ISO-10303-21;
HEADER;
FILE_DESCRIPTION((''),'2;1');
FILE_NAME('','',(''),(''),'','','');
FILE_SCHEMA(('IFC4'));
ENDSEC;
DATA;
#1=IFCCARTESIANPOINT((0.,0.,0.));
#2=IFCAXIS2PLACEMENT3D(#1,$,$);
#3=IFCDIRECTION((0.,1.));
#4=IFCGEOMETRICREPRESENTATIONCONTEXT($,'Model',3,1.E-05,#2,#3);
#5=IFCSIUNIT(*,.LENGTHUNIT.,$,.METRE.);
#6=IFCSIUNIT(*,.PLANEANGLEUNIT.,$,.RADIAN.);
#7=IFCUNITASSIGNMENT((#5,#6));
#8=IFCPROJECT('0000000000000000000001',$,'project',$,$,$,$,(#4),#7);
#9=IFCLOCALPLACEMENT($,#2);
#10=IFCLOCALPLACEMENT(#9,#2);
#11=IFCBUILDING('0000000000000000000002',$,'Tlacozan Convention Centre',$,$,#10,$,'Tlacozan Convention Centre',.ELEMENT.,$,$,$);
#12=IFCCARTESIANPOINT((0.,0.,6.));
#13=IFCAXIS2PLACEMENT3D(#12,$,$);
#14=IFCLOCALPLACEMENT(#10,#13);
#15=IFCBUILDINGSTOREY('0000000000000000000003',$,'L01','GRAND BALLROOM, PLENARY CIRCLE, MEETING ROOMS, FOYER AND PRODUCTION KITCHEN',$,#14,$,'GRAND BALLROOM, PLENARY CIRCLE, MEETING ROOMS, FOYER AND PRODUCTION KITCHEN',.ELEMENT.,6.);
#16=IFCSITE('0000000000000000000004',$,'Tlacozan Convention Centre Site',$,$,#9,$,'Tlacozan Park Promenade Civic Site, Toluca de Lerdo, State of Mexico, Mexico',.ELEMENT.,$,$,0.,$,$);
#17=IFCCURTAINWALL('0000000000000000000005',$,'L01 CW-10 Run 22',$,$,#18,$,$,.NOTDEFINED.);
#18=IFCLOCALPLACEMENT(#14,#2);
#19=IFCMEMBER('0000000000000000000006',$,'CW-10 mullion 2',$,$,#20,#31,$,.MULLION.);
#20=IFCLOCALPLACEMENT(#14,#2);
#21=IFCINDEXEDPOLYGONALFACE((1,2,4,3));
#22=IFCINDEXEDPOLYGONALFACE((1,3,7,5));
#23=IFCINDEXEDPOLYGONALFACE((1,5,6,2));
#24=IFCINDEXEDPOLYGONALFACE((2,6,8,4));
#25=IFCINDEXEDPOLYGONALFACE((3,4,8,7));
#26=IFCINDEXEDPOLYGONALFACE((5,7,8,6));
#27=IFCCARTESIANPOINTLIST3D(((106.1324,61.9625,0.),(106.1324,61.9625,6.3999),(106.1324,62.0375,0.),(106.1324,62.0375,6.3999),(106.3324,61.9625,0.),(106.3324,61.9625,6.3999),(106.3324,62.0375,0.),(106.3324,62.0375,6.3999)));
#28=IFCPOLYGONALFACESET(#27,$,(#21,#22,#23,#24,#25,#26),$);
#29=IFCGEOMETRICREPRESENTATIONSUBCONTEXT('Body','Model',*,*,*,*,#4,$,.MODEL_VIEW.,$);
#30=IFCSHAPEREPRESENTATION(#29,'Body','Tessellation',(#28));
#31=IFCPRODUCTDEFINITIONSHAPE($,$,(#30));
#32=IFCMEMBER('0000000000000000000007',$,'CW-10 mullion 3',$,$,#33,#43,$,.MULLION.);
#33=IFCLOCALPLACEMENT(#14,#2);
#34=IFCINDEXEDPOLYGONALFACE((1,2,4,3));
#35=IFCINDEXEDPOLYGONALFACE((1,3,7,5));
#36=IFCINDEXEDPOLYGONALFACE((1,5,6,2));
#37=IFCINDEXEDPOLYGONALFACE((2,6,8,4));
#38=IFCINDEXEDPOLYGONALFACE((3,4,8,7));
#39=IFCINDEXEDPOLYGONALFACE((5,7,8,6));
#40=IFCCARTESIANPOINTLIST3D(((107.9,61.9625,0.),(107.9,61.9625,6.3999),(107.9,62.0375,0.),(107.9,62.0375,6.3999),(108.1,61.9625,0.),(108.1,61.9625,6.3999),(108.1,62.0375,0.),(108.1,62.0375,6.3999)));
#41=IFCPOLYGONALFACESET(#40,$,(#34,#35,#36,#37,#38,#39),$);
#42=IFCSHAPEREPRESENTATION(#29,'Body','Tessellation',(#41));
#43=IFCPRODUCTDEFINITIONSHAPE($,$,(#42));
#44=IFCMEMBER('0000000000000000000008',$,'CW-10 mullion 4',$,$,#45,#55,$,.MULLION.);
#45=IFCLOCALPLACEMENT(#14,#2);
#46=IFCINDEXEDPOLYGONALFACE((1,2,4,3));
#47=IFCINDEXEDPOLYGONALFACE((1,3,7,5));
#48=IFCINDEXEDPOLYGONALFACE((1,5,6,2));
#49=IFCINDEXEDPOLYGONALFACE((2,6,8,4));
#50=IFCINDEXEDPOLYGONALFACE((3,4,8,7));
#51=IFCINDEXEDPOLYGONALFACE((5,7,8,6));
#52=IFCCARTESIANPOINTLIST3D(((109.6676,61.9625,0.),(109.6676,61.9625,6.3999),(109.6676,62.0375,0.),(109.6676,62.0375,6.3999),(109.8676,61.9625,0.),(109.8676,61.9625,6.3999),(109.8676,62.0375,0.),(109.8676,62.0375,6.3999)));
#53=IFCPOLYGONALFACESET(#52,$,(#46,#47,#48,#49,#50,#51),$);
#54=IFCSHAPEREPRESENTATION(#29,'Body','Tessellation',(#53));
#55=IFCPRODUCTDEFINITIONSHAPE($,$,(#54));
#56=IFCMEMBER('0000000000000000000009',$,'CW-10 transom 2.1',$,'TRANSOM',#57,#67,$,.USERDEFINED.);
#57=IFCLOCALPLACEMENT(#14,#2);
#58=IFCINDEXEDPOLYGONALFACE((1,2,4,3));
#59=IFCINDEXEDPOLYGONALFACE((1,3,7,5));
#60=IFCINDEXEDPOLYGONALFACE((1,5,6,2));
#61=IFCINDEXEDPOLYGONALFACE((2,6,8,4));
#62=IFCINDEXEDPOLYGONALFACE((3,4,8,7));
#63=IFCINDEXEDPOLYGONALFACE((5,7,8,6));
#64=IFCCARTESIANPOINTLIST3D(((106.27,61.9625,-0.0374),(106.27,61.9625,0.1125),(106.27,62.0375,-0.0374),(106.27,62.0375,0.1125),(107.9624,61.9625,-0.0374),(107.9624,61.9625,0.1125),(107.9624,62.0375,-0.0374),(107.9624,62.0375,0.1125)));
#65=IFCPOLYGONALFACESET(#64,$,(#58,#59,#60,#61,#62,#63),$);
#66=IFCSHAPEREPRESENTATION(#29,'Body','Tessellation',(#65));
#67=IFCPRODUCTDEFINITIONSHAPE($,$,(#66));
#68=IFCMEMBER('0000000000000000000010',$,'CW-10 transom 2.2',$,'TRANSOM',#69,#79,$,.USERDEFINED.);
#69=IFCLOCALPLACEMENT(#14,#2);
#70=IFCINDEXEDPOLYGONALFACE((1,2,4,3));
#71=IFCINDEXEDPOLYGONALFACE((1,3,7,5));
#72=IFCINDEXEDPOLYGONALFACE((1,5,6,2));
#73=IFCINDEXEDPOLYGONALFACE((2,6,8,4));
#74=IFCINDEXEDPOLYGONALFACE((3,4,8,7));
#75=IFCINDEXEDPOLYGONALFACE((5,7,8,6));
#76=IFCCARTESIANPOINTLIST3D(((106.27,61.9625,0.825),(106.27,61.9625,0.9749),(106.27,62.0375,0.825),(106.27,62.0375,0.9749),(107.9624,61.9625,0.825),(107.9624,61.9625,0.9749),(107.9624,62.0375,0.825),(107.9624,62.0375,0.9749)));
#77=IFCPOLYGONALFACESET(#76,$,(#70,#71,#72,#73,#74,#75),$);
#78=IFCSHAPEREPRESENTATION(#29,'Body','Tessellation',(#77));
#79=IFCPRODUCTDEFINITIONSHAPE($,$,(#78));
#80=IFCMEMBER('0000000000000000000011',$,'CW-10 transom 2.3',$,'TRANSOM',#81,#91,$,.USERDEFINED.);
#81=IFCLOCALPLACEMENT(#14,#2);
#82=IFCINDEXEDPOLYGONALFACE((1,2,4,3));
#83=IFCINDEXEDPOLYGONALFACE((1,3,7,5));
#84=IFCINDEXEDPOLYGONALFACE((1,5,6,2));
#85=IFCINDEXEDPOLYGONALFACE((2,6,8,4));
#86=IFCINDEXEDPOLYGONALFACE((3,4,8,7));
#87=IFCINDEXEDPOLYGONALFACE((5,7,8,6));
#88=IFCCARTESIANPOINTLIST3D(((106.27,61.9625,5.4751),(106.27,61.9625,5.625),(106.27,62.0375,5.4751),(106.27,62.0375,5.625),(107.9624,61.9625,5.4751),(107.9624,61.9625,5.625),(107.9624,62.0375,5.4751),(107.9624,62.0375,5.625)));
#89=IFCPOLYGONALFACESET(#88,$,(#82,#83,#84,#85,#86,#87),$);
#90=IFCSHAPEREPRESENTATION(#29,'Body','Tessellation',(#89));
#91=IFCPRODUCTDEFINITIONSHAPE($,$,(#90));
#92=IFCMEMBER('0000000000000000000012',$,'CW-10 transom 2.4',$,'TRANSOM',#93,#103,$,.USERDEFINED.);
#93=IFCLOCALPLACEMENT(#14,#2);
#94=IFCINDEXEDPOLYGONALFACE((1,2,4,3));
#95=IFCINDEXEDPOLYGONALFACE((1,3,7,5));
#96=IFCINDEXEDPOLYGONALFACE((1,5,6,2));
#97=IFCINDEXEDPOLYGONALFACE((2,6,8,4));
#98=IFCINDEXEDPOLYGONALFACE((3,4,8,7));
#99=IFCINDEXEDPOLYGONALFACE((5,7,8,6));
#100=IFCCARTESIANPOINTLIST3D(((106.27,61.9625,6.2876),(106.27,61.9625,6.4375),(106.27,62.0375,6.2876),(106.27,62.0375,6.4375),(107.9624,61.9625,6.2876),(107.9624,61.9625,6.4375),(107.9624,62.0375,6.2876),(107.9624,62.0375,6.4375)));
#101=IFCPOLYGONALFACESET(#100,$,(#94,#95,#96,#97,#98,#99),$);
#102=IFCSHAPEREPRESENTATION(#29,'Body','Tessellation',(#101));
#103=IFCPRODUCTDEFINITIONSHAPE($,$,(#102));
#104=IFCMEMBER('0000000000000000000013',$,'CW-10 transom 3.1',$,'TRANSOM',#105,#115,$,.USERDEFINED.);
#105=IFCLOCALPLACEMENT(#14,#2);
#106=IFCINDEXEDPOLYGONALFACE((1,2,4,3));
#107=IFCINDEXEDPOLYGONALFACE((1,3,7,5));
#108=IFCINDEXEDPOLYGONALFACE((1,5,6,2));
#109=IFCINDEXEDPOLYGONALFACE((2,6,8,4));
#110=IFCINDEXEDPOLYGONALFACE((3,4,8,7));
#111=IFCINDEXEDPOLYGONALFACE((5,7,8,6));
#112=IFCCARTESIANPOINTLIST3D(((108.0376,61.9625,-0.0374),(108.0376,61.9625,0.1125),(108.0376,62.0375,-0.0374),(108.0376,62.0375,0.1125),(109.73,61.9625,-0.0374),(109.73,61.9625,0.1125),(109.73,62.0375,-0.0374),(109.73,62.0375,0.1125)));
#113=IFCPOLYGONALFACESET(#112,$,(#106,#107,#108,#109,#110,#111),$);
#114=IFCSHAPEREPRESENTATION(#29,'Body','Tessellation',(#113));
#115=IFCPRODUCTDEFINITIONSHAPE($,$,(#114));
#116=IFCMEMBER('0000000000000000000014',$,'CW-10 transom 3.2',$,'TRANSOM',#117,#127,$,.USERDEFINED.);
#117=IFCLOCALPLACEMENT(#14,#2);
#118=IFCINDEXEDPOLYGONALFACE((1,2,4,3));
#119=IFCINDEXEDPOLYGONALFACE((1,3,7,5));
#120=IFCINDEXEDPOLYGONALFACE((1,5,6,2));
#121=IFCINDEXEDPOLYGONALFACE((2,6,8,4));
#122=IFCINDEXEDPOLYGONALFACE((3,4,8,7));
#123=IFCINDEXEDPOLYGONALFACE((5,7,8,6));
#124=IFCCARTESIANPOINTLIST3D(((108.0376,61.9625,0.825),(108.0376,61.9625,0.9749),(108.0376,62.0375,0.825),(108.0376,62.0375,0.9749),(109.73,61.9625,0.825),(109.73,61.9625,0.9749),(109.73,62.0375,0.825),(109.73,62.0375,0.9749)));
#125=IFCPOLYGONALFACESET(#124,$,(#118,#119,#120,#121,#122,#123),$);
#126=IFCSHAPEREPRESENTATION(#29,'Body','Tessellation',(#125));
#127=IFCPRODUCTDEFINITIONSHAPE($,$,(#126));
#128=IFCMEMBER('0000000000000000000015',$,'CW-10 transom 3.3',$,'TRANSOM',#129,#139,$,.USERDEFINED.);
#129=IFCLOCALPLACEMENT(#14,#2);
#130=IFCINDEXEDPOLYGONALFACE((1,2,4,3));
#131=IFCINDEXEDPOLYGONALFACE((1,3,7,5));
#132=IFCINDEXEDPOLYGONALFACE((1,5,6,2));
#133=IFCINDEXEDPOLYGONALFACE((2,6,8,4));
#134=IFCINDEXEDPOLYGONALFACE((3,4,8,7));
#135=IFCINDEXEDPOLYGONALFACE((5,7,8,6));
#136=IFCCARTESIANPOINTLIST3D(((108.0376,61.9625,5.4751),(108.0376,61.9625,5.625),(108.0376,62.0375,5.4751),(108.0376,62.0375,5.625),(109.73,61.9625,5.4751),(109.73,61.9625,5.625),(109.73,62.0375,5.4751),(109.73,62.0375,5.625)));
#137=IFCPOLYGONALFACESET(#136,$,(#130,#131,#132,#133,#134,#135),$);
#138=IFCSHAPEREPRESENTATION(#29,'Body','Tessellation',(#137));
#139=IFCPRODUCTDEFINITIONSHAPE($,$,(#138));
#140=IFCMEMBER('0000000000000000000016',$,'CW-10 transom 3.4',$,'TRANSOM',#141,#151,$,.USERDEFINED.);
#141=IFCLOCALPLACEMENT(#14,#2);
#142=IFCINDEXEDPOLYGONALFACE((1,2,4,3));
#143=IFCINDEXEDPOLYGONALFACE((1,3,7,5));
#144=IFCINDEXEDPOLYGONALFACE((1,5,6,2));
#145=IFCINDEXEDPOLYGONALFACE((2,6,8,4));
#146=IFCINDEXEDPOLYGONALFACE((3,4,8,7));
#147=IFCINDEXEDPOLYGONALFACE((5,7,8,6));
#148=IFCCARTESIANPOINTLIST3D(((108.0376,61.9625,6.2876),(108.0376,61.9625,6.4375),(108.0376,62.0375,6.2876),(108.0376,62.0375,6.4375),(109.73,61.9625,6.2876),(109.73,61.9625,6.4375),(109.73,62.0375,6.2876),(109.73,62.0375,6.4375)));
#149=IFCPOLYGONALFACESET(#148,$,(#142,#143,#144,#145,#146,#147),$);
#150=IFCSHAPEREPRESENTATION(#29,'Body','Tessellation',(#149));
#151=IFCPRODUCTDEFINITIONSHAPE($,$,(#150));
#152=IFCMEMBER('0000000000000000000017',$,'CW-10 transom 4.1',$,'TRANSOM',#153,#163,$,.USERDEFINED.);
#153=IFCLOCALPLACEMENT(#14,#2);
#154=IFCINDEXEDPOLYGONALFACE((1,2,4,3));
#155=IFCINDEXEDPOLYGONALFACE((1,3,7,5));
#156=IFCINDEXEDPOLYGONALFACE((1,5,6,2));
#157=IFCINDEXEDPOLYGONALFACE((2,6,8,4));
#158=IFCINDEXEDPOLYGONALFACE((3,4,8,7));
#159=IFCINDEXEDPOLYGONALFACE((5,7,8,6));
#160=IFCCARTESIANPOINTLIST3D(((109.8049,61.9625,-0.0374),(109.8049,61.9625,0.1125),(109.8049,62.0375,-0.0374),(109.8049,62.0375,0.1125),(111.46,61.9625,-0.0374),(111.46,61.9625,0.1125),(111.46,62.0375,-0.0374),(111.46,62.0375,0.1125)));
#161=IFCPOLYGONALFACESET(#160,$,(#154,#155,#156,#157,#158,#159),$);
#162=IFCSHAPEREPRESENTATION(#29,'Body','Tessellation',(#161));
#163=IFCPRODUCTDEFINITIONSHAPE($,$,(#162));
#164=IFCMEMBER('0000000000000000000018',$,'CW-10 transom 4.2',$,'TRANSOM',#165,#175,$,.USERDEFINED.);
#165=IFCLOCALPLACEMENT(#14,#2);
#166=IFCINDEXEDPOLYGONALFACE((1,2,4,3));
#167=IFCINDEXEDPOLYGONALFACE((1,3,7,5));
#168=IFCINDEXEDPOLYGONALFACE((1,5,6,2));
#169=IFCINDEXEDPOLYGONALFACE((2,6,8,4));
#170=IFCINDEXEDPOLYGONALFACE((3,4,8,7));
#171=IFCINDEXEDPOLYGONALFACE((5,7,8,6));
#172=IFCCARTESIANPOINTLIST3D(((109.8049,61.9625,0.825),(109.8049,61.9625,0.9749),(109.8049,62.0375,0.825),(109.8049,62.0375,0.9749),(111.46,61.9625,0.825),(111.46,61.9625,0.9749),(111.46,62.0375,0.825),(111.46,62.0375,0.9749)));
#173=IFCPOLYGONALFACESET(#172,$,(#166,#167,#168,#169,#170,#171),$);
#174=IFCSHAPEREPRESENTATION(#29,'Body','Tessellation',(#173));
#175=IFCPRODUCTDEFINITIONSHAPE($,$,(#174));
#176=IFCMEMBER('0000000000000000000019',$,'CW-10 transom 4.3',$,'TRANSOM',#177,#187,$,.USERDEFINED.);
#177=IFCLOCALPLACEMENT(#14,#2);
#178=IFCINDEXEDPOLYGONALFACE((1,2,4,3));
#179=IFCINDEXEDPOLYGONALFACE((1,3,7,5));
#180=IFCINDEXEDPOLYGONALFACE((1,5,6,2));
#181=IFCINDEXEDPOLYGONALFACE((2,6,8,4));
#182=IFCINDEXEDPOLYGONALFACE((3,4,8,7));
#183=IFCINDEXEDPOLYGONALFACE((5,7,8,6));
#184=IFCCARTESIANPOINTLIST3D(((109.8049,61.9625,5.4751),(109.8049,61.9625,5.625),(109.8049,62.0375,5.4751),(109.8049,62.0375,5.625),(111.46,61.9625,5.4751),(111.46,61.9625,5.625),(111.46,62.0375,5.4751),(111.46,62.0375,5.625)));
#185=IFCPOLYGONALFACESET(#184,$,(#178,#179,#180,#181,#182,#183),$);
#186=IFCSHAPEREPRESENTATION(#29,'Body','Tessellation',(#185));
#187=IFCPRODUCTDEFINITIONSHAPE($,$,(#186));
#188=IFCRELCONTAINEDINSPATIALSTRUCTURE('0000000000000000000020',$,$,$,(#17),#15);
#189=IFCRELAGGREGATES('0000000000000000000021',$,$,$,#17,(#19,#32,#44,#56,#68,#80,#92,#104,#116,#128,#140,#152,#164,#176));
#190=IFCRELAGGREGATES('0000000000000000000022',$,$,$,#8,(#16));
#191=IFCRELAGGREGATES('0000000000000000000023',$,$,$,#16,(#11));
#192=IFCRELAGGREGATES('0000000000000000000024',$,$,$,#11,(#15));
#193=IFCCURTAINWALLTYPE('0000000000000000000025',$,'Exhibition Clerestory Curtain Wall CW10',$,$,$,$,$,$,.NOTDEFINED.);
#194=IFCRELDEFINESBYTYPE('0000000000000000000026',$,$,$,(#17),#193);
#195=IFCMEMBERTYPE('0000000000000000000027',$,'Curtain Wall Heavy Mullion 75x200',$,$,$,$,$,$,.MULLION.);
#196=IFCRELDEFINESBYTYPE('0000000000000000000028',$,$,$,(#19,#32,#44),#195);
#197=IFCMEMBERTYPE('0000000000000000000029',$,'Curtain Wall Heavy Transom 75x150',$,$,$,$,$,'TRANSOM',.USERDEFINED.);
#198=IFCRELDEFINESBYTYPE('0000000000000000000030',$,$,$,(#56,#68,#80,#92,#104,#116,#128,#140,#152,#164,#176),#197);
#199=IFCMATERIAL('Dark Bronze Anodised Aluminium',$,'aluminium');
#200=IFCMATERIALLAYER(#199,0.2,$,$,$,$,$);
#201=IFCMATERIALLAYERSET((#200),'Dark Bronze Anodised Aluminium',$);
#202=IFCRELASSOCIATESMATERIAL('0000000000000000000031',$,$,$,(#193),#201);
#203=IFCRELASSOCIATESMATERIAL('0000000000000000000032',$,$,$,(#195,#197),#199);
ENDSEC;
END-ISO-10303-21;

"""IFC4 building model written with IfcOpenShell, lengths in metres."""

from ifc_helpers import new_model, si_unit, direction, frame, origin, origin_2d, place, context, subcontext, project, spatial, rectangle, extrude, material, layer, layer_set, material_profile, profile_set, type_object, element, aggregate, save


model = new_model("IFC4")

# Units and contexts
model_context = context("Model", 3, precision=1e-05, world=origin(), true_north=direction((0.0, 1.0)))
body_context = subcontext(model_context, "Body", "Model", "MODEL_VIEW")
ifc_project = project(units=[si_unit("LENGTHUNIT", "METRE"), si_unit("PLANEANGLEUNIT", "RADIAN")], contexts=[model_context])

# Site, building, storey
site_placement = place(None, origin())
site = spatial("IfcSite", under=ifc_project, at=site_placement, Name="Tlacozan Convention Centre Site", LongName="Tlacozan Park Promenade Civic Site, Toluca de Lerdo, State of Mexico, Mexico", CompositionType="ELEMENT", RefElevation=0.0)
building_placement = place(site_placement, origin())
building = spatial("IfcBuilding", under=site, at=building_placement, Name="Tlacozan Convention Centre", LongName="Tlacozan Convention Centre", CompositionType="ELEMENT")
storey_placement = place(building_placement, frame((0.0, 0.0, 6.0)))
storey = spatial("IfcBuildingStorey", under=building, at=storey_placement, Name="L01", Description="GRAND BALLROOM, PLENARY CIRCLE, MEETING ROOMS, FOYER AND PRODUCTION KITCHEN", LongName="GRAND BALLROOM, PLENARY CIRCLE, MEETING ROOMS, FOYER AND PRODUCTION KITCHEN", CompositionType="ELEMENT", Elevation=6.0)

# Curtain wall, members
ifc_material_1 = material(Name="Dark Bronze Anodised Aluminium", Category="aluminium")
ifc_layer_1 = layer(ifc_material_1, 0.2)
ifc_layer_set_1 = layer_set([ifc_layer_1], Name="Dark Bronze Anodised Aluminium")
curtain_wall_type = type_object("IfcCurtainWallType", Name="Exhibition Clerestory Curtain Wall CW10", PredefinedType="NOTDEFINED", material=ifc_layer_set_1)
curtain_wall_placement = place(storey_placement, origin())
curtain_wall = element("IfcCurtainWall", 1, at=curtain_wall_placement, inside=storey, type_object=curtain_wall_type, Name="L01 CW-10 Run 22", PredefinedType="NOTDEFINED")
ifc_material_profile_1 = material_profile(ifc_material_1, rectangle(XDim=0.075, YDim=0.2, at=origin_2d()), Name="ALU 75x200")
ifc_profile_set_1 = profile_set([ifc_material_profile_1], Name="Dark Bronze Anodised Aluminium")
member_type_1 = type_object("IfcMemberType", Name="Curtain Wall Heavy Mullion 75x200", PredefinedType="MULLION", material=ifc_profile_set_1)
member_1_placement = place(storey_placement, frame((106.2324, 62.0, 0.0), z_axis=(0.0, 0.0, 1.0), x_axis=(0.0, 1.0, 0.0)))
member_1 = element("IfcMember", 2, at=member_1_placement, type_object=member_type_1, Name="CW-10 mullion 2", PredefinedType="MULLION", context=body_context, shape_type="SweptSolid", body=[
    extrude(rectangle(XDim=0.075, YDim=0.2, at=origin_2d()), origin(), (0.0, 0.0, 1.0), 6.3999),
])
member_2_placement = place(storey_placement, frame((108.0, 62.0, 0.0), z_axis=(0.0, 0.0, 1.0), x_axis=(0.0, 1.0, 0.0)))
member_2 = element("IfcMember", 3, at=member_2_placement, type_object=member_type_1, Name="CW-10 mullion 3", PredefinedType="MULLION", context=body_context, shape_type="SweptSolid", body=[
    extrude(rectangle(XDim=0.075, YDim=0.2, at=origin_2d()), origin(), (0.0, 0.0, 1.0), 6.3999),
])
member_3_placement = place(storey_placement, frame((109.7676, 62.0, 0.0), z_axis=(0.0, 0.0, 1.0), x_axis=(0.0, 1.0, 0.0)))
member_3 = element("IfcMember", 4, at=member_3_placement, type_object=member_type_1, Name="CW-10 mullion 4", PredefinedType="MULLION", context=body_context, shape_type="SweptSolid", body=[
    extrude(rectangle(XDim=0.075, YDim=0.2, at=origin_2d()), origin(), (0.0, 0.0, 1.0), 6.3999),
])
ifc_material_profile_2 = material_profile(ifc_material_1, rectangle(XDim=0.075, YDim=0.1499, at=origin_2d()), Name="ALU 75x150")
ifc_profile_set_2 = profile_set([ifc_material_profile_2], Name="Dark Bronze Anodised Aluminium")
member_type_2 = type_object("IfcMemberType", Name="Curtain Wall Heavy Transom 75x150", ElementType="TRANSOM", PredefinedType="USERDEFINED", material=ifc_profile_set_2)
member_4_placement = place(storey_placement, frame((106.27, 62.0, 0.0376), z_axis=(1.0, 0.0, 0.0), x_axis=(0.0, 1.0, 0.0)))
member_4 = element("IfcMember", 5, at=member_4_placement, type_object=member_type_2, Name="CW-10 transom 2.1", ObjectType="TRANSOM", PredefinedType="USERDEFINED", context=body_context, shape_type="SweptSolid", body=[
    extrude(rectangle(XDim=0.075, YDim=0.1499, at=origin_2d()), origin(), (0.0, 0.0, 1.0), 1.6924),
])
member_5_placement = place(storey_placement, frame((106.27, 62.0, 0.8999), z_axis=(1.0, 0.0, 0.0), x_axis=(0.0, 1.0, 0.0)))
member_5 = element("IfcMember", 6, at=member_5_placement, type_object=member_type_2, Name="CW-10 transom 2.2", ObjectType="TRANSOM", PredefinedType="USERDEFINED", context=body_context, shape_type="SweptSolid", body=[
    extrude(rectangle(XDim=0.075, YDim=0.1499, at=origin_2d()), origin(), (0.0, 0.0, 1.0), 1.6924),
])
member_6_placement = place(storey_placement, frame((106.27, 62.0, 5.55), z_axis=(1.0, 0.0, 0.0), x_axis=(0.0, 1.0, 0.0)))
member_6 = element("IfcMember", 7, at=member_6_placement, type_object=member_type_2, Name="CW-10 transom 2.3", ObjectType="TRANSOM", PredefinedType="USERDEFINED", context=body_context, shape_type="SweptSolid", body=[
    extrude(rectangle(XDim=0.075, YDim=0.1499, at=origin_2d()), origin(), (0.0, 0.0, 1.0), 1.6924),
])
member_7_placement = place(storey_placement, frame((106.27, 62.0, 6.3625), z_axis=(1.0, 0.0, 0.0), x_axis=(0.0, 1.0, 0.0)))
member_7 = element("IfcMember", 8, at=member_7_placement, type_object=member_type_2, Name="CW-10 transom 2.4", ObjectType="TRANSOM", PredefinedType="USERDEFINED", context=body_context, shape_type="SweptSolid", body=[
    extrude(rectangle(XDim=0.075, YDim=0.1499, at=origin_2d()), origin(), (0.0, 0.0, 1.0), 1.6924),
])
member_8_placement = place(storey_placement, frame((108.0376, 62.0, 0.0376), z_axis=(1.0, 0.0, 0.0), x_axis=(0.0, 1.0, 0.0)))
member_8 = element("IfcMember", 9, at=member_8_placement, type_object=member_type_2, Name="CW-10 transom 3.1", ObjectType="TRANSOM", PredefinedType="USERDEFINED", context=body_context, shape_type="SweptSolid", body=[
    extrude(rectangle(XDim=0.075, YDim=0.1499, at=origin_2d()), origin(), (0.0, 0.0, 1.0), 1.6924),
])
member_9_placement = place(storey_placement, frame((108.0376, 62.0, 0.8999), z_axis=(1.0, 0.0, 0.0), x_axis=(0.0, 1.0, 0.0)))
member_9 = element("IfcMember", 10, at=member_9_placement, type_object=member_type_2, Name="CW-10 transom 3.2", ObjectType="TRANSOM", PredefinedType="USERDEFINED", context=body_context, shape_type="SweptSolid", body=[
    extrude(rectangle(XDim=0.075, YDim=0.1499, at=origin_2d()), origin(), (0.0, 0.0, 1.0), 1.6924),
])
member_10_placement = place(storey_placement, frame((108.0376, 62.0, 5.55), z_axis=(1.0, 0.0, 0.0), x_axis=(0.0, 1.0, 0.0)))
member_10 = element("IfcMember", 11, at=member_10_placement, type_object=member_type_2, Name="CW-10 transom 3.3", ObjectType="TRANSOM", PredefinedType="USERDEFINED", context=body_context, shape_type="SweptSolid", body=[
    extrude(rectangle(XDim=0.075, YDim=0.1499, at=origin_2d()), origin(), (0.0, 0.0, 1.0), 1.6924),
])
member_11_placement = place(storey_placement, frame((108.0376, 62.0, 6.3625), z_axis=(1.0, 0.0, 0.0), x_axis=(0.0, 1.0, 0.0)))
member_11 = element("IfcMember", 12, at=member_11_placement, type_object=member_type_2, Name="CW-10 transom 3.4", ObjectType="TRANSOM", PredefinedType="USERDEFINED", context=body_context, shape_type="SweptSolid", body=[
    extrude(rectangle(XDim=0.075, YDim=0.1499, at=origin_2d()), origin(), (0.0, 0.0, 1.0), 1.6924),
])
member_12_placement = place(storey_placement, frame((109.8049, 62.0, 0.0376), z_axis=(1.0, 0.0, 0.0), x_axis=(0.0, 1.0, 0.0)))
member_12 = element("IfcMember", 13, at=member_12_placement, type_object=member_type_2, Name="CW-10 transom 4.1", ObjectType="TRANSOM", PredefinedType="USERDEFINED", context=body_context, shape_type="SweptSolid", body=[
    extrude(rectangle(XDim=0.075, YDim=0.1499, at=origin_2d()), origin(), (0.0, 0.0, 1.0), 1.655),
])
member_13_placement = place(storey_placement, frame((109.8049, 62.0, 0.8999), z_axis=(1.0, 0.0, 0.0), x_axis=(0.0, 1.0, 0.0)))
member_13 = element("IfcMember", 14, at=member_13_placement, type_object=member_type_2, Name="CW-10 transom 4.2", ObjectType="TRANSOM", PredefinedType="USERDEFINED", context=body_context, shape_type="SweptSolid", body=[
    extrude(rectangle(XDim=0.075, YDim=0.1499, at=origin_2d()), origin(), (0.0, 0.0, 1.0), 1.655),
])
member_14_placement = place(storey_placement, frame((109.8049, 62.0, 5.55), z_axis=(1.0, 0.0, 0.0), x_axis=(0.0, 1.0, 0.0)))
member_14 = element("IfcMember", 15, at=member_14_placement, type_object=member_type_2, Name="CW-10 transom 4.3", ObjectType="TRANSOM", PredefinedType="USERDEFINED", context=body_context, shape_type="SweptSolid", body=[
    extrude(rectangle(XDim=0.075, YDim=0.1499, at=origin_2d()), origin(), (0.0, 0.0, 1.0), 1.655),
])
aggregate(curtain_wall, [member_1, member_2, member_3, member_4, member_5, member_6, member_7, member_8, member_9, member_10, member_11, member_12, member_13, member_14])

save(model, "model.ifc")
